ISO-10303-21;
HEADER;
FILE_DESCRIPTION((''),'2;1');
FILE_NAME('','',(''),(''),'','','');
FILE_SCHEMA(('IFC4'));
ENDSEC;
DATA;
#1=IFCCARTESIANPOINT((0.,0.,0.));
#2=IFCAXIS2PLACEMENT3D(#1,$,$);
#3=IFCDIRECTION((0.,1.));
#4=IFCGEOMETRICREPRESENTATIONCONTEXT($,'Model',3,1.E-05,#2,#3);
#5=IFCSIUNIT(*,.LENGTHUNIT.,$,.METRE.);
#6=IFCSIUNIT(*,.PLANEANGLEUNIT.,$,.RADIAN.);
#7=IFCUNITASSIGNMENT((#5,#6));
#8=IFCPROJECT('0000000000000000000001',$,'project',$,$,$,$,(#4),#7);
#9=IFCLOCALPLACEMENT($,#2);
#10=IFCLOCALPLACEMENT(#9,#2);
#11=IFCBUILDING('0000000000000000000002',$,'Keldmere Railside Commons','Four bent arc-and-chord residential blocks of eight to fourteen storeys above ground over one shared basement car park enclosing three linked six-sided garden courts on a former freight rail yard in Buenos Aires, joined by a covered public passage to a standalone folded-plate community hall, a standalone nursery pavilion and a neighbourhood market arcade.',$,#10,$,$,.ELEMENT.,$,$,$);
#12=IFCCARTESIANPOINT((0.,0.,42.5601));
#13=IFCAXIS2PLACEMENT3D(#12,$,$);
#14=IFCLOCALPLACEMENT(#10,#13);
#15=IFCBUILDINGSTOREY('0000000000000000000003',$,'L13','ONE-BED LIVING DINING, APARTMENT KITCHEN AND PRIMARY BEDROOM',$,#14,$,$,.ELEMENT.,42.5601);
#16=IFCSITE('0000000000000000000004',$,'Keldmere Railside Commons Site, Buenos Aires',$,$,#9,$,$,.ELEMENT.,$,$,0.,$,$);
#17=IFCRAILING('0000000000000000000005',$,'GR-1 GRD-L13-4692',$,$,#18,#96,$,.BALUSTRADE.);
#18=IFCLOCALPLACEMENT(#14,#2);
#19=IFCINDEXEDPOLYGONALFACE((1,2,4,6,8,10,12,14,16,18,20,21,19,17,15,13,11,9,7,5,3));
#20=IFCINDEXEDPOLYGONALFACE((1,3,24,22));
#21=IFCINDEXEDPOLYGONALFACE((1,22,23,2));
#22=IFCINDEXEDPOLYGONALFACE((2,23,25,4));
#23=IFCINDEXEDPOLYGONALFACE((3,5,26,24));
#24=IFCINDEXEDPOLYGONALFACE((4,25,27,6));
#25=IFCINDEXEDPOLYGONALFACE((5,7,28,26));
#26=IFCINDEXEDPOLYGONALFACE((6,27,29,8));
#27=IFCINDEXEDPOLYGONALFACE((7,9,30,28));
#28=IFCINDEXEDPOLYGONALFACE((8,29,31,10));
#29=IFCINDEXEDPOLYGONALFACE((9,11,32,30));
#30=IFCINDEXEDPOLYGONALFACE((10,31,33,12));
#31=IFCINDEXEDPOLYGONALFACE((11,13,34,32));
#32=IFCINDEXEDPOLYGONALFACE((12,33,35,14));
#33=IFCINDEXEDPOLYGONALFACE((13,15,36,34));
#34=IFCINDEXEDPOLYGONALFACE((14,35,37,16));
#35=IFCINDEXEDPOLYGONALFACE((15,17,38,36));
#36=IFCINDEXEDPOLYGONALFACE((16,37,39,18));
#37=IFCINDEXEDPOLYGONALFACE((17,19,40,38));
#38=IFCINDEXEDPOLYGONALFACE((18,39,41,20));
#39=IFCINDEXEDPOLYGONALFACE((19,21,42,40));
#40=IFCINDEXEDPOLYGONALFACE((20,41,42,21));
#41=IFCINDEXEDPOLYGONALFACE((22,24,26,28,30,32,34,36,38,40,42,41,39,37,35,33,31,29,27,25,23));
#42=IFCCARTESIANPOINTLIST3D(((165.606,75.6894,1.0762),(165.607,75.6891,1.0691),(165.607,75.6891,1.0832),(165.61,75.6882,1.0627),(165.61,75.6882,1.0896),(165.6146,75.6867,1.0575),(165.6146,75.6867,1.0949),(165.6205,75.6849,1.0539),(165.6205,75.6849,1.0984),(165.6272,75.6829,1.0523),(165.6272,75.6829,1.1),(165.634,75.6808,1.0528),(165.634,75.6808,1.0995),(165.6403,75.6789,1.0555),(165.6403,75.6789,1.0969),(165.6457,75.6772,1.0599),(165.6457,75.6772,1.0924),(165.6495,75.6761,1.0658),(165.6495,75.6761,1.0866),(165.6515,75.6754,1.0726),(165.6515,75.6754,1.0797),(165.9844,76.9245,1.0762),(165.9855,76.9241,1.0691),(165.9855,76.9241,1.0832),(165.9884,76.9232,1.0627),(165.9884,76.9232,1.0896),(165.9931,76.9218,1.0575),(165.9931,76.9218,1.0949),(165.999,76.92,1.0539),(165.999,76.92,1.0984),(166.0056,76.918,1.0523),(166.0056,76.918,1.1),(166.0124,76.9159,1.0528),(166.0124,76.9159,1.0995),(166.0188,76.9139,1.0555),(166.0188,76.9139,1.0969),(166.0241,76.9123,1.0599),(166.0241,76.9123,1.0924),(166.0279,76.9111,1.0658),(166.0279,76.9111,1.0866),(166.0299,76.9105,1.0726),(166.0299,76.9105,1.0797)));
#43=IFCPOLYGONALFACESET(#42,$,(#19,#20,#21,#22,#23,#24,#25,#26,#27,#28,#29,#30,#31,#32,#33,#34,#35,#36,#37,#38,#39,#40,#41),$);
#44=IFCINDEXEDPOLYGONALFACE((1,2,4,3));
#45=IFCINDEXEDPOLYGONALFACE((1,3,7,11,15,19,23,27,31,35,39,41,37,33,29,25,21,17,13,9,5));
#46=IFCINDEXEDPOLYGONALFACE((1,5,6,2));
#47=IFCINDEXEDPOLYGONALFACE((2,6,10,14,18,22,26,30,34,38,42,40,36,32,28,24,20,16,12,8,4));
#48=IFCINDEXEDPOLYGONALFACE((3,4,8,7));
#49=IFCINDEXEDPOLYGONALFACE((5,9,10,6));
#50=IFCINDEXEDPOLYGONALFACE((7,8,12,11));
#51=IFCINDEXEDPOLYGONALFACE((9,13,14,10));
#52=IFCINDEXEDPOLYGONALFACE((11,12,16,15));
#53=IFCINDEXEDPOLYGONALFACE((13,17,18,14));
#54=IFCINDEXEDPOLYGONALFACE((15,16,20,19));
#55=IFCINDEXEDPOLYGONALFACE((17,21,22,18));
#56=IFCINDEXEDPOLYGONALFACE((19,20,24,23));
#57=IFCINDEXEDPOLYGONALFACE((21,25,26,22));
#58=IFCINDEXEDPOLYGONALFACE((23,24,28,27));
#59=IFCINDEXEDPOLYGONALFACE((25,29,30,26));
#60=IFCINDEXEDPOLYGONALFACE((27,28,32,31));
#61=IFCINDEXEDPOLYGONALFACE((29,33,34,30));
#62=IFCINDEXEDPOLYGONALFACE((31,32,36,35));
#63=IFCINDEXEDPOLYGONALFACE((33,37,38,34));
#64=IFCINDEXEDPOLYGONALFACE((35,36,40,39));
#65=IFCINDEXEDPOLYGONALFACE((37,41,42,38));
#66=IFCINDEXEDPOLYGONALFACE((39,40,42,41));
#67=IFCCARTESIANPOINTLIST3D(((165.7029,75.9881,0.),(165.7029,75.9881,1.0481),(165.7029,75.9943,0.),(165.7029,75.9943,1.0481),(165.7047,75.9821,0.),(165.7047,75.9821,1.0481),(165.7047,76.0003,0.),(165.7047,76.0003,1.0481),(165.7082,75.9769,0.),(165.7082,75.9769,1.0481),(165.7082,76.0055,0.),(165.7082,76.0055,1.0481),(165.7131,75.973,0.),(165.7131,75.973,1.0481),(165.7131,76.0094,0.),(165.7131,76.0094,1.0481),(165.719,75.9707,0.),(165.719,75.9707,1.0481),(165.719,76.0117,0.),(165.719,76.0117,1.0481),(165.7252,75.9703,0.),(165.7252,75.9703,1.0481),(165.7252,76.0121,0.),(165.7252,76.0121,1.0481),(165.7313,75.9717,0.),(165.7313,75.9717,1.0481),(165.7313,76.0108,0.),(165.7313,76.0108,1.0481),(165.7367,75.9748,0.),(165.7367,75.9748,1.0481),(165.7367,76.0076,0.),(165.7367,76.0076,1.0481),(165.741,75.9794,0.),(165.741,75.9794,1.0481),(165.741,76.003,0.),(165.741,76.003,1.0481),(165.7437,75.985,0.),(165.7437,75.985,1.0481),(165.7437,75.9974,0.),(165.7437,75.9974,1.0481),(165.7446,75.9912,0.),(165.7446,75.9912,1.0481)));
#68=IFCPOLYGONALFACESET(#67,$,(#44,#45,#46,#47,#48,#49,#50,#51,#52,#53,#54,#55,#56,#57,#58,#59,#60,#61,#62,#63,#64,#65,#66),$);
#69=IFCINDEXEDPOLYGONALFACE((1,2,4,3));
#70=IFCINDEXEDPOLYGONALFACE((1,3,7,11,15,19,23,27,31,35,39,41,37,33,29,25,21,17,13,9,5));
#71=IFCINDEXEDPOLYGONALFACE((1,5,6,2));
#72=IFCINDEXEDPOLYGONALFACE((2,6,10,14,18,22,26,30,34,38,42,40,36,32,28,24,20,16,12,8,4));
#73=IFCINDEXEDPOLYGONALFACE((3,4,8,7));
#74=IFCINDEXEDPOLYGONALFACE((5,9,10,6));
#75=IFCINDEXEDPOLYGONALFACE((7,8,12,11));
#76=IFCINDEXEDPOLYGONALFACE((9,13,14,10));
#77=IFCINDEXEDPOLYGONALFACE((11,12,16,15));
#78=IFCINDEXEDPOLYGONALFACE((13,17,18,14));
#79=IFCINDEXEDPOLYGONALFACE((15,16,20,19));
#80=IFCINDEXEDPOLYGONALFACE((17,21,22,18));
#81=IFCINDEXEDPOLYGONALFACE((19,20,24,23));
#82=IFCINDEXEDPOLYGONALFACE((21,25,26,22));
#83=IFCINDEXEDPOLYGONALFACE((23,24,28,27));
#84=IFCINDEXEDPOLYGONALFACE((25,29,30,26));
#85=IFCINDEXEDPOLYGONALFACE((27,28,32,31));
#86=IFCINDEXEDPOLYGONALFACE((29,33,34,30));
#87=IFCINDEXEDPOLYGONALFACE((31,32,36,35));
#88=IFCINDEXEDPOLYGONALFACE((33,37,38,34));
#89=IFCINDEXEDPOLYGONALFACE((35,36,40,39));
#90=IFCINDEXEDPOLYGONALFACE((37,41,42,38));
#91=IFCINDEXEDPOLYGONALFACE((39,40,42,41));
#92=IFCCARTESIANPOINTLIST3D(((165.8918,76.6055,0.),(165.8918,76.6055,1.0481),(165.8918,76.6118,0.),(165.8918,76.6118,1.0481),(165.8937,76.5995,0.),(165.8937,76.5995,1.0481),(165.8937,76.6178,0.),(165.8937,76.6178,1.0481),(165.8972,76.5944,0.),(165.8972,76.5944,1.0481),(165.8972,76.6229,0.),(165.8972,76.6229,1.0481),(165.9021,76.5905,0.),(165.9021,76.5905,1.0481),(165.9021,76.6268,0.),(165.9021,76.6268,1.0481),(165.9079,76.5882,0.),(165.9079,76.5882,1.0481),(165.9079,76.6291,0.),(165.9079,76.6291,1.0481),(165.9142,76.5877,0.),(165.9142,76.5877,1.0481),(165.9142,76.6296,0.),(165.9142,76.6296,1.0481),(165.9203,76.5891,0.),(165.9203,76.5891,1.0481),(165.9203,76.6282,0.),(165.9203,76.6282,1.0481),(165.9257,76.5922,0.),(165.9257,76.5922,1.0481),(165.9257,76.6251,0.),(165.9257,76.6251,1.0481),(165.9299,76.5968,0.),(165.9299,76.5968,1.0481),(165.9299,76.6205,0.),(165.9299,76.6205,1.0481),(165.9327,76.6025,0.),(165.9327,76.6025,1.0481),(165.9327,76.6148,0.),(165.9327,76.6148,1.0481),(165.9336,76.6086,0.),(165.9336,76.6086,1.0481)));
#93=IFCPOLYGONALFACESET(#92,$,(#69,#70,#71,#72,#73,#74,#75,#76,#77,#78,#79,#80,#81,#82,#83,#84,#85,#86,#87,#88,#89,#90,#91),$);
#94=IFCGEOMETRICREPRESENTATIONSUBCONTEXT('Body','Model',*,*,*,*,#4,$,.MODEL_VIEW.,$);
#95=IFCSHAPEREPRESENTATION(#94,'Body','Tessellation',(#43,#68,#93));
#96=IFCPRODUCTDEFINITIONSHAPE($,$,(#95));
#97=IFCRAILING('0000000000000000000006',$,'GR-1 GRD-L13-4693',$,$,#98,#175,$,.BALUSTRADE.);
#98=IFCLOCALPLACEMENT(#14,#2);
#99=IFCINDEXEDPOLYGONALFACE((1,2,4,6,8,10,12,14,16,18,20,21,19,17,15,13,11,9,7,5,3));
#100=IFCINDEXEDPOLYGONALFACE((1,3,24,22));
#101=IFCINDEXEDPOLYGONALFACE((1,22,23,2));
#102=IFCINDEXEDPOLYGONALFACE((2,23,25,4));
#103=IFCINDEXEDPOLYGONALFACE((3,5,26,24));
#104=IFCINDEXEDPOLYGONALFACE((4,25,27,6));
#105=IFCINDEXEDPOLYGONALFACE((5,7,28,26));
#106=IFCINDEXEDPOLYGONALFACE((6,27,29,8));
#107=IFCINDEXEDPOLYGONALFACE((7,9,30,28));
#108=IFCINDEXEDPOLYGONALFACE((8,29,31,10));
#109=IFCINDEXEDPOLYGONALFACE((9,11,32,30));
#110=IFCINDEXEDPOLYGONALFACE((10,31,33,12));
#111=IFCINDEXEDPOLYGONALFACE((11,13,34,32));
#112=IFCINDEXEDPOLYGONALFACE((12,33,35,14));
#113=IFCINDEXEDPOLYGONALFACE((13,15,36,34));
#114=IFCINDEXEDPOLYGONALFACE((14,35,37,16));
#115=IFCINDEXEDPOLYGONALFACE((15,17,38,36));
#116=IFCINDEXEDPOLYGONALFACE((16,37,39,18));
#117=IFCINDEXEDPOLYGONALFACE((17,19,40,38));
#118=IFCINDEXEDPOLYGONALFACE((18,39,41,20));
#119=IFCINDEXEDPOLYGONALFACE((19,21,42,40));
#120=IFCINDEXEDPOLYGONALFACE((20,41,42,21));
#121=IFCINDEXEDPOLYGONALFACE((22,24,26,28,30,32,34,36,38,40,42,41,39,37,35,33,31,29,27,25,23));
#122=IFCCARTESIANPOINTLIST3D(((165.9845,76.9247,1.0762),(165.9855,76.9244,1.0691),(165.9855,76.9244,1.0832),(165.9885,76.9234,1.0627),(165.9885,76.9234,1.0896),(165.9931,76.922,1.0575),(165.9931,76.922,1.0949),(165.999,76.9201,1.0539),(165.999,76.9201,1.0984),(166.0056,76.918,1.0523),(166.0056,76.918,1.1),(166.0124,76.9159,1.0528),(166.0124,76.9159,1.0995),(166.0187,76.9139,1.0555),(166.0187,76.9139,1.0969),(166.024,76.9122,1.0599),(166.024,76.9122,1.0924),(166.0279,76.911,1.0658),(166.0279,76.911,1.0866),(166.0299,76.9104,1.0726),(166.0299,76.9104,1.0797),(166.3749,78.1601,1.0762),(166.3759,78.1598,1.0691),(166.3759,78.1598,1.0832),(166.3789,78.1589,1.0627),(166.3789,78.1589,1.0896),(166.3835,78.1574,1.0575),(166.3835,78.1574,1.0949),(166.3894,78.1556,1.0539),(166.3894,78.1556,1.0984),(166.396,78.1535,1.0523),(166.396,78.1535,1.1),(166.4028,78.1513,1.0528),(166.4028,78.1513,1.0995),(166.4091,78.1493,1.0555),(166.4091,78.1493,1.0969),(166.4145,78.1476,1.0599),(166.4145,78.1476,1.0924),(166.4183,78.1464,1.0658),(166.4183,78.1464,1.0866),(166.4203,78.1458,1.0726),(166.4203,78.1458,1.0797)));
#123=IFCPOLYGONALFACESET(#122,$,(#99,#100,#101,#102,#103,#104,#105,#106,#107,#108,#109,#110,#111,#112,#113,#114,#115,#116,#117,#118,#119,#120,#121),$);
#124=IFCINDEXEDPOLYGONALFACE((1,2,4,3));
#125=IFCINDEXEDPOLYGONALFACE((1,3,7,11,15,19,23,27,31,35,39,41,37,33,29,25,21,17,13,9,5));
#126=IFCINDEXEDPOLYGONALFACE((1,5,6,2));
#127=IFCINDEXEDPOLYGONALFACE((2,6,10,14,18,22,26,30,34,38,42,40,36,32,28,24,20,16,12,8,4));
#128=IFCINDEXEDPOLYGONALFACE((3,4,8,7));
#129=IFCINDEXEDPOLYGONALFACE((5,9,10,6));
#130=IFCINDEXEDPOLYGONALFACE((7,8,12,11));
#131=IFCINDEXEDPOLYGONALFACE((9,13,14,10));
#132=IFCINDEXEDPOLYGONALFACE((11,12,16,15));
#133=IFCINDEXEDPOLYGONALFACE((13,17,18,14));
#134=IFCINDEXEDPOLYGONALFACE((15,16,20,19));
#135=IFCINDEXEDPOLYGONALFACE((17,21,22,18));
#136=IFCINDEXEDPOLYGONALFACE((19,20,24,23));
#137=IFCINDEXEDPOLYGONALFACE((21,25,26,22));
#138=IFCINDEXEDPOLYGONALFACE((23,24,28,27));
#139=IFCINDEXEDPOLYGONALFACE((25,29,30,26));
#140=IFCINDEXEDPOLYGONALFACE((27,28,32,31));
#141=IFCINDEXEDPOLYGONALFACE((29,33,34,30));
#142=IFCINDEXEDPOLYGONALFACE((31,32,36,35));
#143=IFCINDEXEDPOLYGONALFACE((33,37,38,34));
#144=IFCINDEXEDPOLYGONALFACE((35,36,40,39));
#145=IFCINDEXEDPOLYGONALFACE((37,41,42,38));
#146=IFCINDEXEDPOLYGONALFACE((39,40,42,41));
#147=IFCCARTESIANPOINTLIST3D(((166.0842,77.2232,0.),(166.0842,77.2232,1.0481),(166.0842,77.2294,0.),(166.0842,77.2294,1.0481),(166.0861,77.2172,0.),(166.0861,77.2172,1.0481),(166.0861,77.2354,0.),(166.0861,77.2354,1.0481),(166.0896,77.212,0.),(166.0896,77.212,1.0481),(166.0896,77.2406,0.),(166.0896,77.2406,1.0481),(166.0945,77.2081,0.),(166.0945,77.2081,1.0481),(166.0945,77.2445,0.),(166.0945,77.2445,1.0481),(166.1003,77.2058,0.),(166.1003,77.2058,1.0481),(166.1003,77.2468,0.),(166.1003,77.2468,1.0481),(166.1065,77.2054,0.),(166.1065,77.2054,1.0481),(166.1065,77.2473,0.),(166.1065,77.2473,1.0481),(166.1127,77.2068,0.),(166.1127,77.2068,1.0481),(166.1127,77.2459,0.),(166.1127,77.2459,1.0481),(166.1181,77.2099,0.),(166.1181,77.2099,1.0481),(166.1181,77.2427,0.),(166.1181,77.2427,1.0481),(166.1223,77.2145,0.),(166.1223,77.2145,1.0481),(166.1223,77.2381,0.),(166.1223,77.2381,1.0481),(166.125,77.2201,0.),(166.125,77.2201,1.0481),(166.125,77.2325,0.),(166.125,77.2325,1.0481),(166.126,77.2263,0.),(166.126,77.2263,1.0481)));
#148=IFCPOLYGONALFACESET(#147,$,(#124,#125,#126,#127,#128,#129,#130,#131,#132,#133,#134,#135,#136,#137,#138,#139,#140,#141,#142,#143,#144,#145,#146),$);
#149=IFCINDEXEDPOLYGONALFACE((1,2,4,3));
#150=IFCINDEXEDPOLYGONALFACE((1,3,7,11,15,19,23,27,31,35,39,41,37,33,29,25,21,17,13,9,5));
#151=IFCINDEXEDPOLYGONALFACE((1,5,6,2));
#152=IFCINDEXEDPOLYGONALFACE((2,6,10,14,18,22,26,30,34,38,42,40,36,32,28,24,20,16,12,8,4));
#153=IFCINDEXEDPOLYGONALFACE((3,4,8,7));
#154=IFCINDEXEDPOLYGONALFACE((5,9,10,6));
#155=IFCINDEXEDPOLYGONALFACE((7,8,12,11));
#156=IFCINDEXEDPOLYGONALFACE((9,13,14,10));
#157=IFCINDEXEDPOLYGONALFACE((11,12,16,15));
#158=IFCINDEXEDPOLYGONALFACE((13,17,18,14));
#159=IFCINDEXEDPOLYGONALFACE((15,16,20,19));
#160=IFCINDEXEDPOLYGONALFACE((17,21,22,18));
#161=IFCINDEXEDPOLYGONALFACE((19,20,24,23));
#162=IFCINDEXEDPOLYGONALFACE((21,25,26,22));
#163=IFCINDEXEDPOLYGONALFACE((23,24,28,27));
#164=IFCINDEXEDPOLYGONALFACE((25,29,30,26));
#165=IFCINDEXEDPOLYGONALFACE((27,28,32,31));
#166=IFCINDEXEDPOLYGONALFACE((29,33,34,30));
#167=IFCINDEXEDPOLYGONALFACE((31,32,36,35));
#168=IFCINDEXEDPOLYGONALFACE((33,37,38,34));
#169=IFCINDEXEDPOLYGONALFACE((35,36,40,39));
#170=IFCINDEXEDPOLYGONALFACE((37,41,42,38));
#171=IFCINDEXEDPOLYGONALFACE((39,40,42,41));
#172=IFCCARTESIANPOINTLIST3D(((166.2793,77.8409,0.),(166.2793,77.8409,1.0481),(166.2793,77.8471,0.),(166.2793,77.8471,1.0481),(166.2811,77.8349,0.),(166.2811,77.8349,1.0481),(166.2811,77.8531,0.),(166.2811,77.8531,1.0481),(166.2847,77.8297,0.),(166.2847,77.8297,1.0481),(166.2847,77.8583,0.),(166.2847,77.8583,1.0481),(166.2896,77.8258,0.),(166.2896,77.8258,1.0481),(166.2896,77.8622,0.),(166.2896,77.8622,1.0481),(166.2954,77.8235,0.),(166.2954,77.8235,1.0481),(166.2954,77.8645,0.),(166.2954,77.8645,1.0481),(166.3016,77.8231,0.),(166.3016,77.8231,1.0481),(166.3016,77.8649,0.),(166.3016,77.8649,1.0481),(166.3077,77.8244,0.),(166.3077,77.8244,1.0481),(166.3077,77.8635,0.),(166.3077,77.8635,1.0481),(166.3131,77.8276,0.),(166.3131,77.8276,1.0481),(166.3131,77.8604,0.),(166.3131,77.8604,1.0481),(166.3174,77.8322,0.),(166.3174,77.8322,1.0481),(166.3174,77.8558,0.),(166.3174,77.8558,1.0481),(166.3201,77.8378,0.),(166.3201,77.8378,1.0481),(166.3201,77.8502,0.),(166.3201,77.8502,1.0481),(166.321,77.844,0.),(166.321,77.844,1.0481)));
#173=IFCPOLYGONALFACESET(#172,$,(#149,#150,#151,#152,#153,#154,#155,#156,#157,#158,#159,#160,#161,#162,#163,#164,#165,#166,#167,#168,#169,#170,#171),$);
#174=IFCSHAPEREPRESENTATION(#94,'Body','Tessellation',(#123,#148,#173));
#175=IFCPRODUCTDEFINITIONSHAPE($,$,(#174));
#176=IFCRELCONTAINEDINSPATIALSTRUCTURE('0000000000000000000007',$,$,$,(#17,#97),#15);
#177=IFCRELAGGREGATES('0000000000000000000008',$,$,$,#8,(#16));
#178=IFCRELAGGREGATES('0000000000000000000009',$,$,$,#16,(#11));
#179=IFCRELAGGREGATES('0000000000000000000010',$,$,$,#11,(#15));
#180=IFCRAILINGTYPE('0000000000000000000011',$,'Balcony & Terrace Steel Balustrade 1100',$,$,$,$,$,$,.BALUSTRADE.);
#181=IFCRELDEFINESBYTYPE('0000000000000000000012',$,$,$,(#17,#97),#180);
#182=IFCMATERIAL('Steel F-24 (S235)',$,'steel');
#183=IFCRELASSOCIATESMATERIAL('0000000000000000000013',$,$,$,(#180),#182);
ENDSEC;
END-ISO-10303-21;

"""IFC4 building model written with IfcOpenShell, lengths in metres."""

from ifc_helpers import new_model, si_unit, direction, frame, origin, origin_2d, place, context, subcontext, project, spatial, circle, extrude, material, type_object, element, save


model = new_model("IFC4")

# Units and contexts
model_context = context("Model", 3, precision=1e-05, world=origin(), true_north=direction((0.0, 1.0)))
body_context = subcontext(model_context, "Body", "Model", "MODEL_VIEW")
ifc_project = project(units=[si_unit("LENGTHUNIT", "METRE"), si_unit("PLANEANGLEUNIT", "RADIAN")], contexts=[model_context])

# Site, building, storey
site_placement = place(None, origin())
site = spatial("IfcSite", under=ifc_project, at=site_placement, Name="Keldmere Railside Commons Site, Buenos Aires", CompositionType="ELEMENT", RefElevation=0.0)
building_placement = place(site_placement, origin())
building = spatial("IfcBuilding", under=site, at=building_placement, Name="Keldmere Railside Commons", Description="Four bent arc-and-chord residential blocks of eight to fourteen storeys above ground over one shared basement car park enclosing three linked six-sided garden courts on a former freight rail yard in Buenos Aires, joined by a covered public passage to a standalone folded-plate community hall, a standalone nursery pavilion and a neighbourhood market arcade.", CompositionType="ELEMENT")
storey_placement = place(building_placement, frame((0.0, 0.0, 42.5601)))
storey = spatial("IfcBuildingStorey", under=building, at=storey_placement, Name="L13", Description="ONE-BED LIVING DINING, APARTMENT KITCHEN AND PRIMARY BEDROOM", CompositionType="ELEMENT", Elevation=42.5601)

# Railings
ifc_material_1 = material(Name="Steel F-24 (S235)", Category="steel")
railing_type = type_object("IfcRailingType", Name="Balcony & Terrace Steel Balustrade 1100", PredefinedType="BALUSTRADE", material=ifc_material_1)
railing_1_placement = place(storey_placement, frame((165.6289, 75.6824, 0.0)))
element("IfcRailing", 1, at=railing_1_placement, inside=storey, type_object=railing_type, Name="GR-1 GRD-L13-4692", PredefinedType="BALUSTRADE", context=body_context, shape_type="SweptSolid", body=[
    extrude(circle(Radius=0.0239, at=origin_2d()), frame((0.0, 0.0, 1.0762), z_axis=(0.292943, 0.95613, 0.0), x_axis=(-0.95613, 0.292943, 0.0)), (0.0, 0.0, 1.0), 1.2917),
    extrude(circle(Radius=0.021, at=origin_2d()), frame((0.0947, 0.3088, 0.0)), (0.0, 0.0, 1.0), 1.0481),
    extrude(circle(Radius=0.021, at=origin_2d()), frame((0.2837, 0.9263, 0.0)), (0.0, 0.0, 1.0), 1.0481),
])
railing_2_placement = place(storey_placement, frame((166.0073, 76.9175, 0.0)))
element("IfcRailing", 2, at=railing_2_placement, inside=storey, type_object=railing_type, Name="GR-1 GRD-L13-4693", PredefinedType="BALUSTRADE", context=body_context, shape_type="SweptSolid", body=[
    extrude(circle(Radius=0.0239, at=origin_2d()), frame((0.0, 0.0, 1.0762), z_axis=(0.301321, 0.953523, 0.0), x_axis=(-0.953523, 0.301321, 0.0)), (0.0, 0.0, 1.0), 1.2957),
    extrude(circle(Radius=0.021, at=origin_2d()), frame((0.0977, 0.3088, 0.0)), (0.0, 0.0, 1.0), 1.0481),
    extrude(circle(Radius=0.021, at=origin_2d()), frame((0.2927, 0.9265, 0.0)), (0.0, 0.0, 1.0), 1.0481),
])

save(model, "model.ifc")
